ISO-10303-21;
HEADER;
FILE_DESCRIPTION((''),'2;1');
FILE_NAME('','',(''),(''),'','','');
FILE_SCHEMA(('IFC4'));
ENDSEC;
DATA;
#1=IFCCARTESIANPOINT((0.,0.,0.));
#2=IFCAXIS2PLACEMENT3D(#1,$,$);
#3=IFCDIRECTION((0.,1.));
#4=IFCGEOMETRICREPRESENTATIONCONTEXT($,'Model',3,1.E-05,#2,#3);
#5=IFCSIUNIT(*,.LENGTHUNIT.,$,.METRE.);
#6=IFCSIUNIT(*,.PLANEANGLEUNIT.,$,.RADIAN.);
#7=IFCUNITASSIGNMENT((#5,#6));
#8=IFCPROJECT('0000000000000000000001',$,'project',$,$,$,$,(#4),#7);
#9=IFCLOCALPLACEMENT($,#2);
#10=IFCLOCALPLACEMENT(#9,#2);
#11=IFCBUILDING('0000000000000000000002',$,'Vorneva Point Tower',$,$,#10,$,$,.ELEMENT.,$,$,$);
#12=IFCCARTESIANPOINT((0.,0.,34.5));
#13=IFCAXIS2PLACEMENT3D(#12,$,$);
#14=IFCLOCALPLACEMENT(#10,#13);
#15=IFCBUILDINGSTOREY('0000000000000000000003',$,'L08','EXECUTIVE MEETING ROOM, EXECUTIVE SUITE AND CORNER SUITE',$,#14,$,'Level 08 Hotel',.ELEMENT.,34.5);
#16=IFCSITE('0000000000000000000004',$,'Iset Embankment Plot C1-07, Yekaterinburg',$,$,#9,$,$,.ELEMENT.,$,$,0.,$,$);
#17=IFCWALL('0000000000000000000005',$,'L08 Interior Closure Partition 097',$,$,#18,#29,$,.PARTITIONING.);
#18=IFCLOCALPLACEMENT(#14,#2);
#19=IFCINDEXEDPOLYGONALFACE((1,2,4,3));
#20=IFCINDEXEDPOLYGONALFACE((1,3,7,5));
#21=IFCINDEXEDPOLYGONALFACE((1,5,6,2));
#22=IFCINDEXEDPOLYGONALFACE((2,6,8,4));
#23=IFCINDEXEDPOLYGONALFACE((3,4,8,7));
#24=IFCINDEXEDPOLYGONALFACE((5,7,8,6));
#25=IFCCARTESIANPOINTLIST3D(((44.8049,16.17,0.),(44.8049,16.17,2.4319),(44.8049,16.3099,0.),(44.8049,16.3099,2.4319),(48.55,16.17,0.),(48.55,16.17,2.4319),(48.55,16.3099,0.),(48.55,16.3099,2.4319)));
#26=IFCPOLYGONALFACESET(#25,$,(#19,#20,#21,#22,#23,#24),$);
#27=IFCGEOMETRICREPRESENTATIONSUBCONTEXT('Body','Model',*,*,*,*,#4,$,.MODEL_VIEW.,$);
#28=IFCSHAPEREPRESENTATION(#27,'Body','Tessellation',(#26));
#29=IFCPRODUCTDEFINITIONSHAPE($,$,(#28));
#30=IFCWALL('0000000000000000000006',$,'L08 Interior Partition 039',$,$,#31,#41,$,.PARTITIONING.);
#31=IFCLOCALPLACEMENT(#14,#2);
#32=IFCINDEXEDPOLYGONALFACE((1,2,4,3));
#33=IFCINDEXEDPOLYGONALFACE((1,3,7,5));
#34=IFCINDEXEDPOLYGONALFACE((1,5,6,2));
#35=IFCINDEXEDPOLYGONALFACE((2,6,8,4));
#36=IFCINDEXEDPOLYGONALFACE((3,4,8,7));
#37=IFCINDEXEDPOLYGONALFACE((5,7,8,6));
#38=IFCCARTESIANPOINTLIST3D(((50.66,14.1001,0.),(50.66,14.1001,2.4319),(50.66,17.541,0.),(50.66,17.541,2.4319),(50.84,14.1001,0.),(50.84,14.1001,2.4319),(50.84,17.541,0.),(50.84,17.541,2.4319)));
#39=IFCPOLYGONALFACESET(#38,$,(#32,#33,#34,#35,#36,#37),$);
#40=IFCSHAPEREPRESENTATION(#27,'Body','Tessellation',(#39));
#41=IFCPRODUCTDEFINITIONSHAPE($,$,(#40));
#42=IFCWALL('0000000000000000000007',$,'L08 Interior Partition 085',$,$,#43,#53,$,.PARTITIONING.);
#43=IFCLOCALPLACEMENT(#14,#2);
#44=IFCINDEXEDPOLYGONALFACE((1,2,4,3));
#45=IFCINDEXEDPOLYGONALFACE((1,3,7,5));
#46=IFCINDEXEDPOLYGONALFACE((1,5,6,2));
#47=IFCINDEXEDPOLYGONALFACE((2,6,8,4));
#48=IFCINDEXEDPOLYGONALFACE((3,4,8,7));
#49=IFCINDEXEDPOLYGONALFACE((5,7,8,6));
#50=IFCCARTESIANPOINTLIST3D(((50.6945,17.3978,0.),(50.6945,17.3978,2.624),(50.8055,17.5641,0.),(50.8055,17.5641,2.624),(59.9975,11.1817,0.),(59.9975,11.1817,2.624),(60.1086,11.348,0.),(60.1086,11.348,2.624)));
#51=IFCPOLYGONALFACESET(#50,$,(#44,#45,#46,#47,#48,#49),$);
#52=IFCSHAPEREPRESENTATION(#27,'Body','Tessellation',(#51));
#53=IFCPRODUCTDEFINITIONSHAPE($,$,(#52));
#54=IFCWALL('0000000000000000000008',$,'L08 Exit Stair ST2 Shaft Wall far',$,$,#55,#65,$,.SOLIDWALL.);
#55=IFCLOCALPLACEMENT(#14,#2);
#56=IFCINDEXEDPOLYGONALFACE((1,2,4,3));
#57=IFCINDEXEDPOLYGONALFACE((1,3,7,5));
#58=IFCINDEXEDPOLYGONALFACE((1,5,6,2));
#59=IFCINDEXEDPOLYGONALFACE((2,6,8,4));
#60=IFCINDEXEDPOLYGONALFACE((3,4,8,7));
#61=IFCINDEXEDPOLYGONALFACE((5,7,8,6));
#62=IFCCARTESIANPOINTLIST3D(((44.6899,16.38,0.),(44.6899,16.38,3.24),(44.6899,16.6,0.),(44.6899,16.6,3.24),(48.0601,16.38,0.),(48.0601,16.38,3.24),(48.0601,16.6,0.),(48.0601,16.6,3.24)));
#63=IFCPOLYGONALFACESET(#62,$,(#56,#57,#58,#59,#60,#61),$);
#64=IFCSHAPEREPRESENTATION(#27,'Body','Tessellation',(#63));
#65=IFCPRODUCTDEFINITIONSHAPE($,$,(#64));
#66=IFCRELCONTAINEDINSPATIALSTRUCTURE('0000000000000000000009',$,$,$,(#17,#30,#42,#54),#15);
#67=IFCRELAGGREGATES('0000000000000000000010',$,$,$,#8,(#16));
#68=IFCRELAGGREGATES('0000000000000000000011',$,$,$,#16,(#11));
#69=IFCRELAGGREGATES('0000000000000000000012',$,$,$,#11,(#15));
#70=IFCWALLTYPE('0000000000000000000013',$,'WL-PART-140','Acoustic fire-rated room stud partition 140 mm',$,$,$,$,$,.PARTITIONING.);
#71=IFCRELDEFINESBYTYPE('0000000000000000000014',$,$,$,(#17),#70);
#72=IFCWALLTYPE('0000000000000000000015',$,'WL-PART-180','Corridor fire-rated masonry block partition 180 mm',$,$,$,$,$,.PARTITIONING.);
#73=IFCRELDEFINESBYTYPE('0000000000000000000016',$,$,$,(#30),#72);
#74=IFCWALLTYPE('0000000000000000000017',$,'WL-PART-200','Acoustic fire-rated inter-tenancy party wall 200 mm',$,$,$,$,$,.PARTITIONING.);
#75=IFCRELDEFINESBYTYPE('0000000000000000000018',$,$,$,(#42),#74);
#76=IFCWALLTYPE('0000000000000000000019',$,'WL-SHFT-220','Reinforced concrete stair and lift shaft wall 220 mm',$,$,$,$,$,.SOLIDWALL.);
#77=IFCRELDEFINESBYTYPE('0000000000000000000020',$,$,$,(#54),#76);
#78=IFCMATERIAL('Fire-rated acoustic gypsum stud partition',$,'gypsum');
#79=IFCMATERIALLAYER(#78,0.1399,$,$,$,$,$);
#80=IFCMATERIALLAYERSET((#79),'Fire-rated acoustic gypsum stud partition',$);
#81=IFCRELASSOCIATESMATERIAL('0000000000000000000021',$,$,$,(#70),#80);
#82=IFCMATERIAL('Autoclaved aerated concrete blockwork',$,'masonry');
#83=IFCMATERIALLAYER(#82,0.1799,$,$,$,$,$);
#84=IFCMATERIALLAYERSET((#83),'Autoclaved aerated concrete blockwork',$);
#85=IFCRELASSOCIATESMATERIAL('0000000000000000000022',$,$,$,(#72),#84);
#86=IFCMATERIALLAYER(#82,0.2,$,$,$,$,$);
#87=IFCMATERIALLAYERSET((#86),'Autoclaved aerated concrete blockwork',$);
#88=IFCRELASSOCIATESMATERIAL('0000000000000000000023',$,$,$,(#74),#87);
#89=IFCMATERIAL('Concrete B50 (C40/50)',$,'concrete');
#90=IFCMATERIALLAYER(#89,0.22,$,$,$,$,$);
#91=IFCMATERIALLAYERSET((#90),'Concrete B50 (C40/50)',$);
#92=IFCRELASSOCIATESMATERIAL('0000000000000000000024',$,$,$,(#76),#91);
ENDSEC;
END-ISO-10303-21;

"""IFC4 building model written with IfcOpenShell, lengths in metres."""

from ifc_helpers import new_model, si_unit, direction, frame, frame_2d, origin, place, context, subcontext, project, spatial, rectangle, extrude, material, layer, layer_set, type_object, element, save


model = new_model("IFC4")

# Units and contexts
model_context = context("Model", 3, precision=1e-05, world=origin(), true_north=direction((0.0, 1.0)))
body_context = subcontext(model_context, "Body", "Model", "MODEL_VIEW")
ifc_project = project(units=[si_unit("LENGTHUNIT", "METRE"), si_unit("PLANEANGLEUNIT", "RADIAN")], contexts=[model_context])

# Site, building, storey
site_placement = place(None, origin())
site = spatial("IfcSite", under=ifc_project, at=site_placement, Name="Iset Embankment Plot C1-07, Yekaterinburg", CompositionType="ELEMENT", RefElevation=0.0)
building_placement = place(site_placement, origin())
building = spatial("IfcBuilding", under=site, at=building_placement, Name="Vorneva Point Tower", CompositionType="ELEMENT")
storey_placement = place(building_placement, frame((0.0, 0.0, 34.5)))
storey = spatial("IfcBuildingStorey", under=building, at=storey_placement, Name="L08", Description="EXECUTIVE MEETING ROOM, EXECUTIVE SUITE AND CORNER SUITE", LongName="Level 08 Hotel", CompositionType="ELEMENT", Elevation=34.5)

# Walls
ifc_material_1 = material(Name="Fire-rated acoustic gypsum stud partition", Category="gypsum")
ifc_layer_1 = layer(ifc_material_1, 0.1399)
ifc_layer_set_1 = layer_set([ifc_layer_1], Name="Fire-rated acoustic gypsum stud partition")
wall_type_1 = type_object("IfcWallType", Name="WL-PART-140", Description="Acoustic fire-rated room stud partition 140 mm", PredefinedType="PARTITIONING", material=ifc_layer_set_1)
wall_1_placement = place(storey_placement, frame((48.55, 16.24, 0.0), z_axis=(0.0, 0.0, 1.0), x_axis=(-1.0, 0.0, 0.0)))
element("IfcWall", 1, at=wall_1_placement, inside=storey, type_object=wall_type_1, Name="L08 Interior Closure Partition 097", PredefinedType="PARTITIONING", context=body_context, shape_type="SweptSolid", body=[
    extrude(rectangle(XDim=3.7451, YDim=0.1399, at=frame_2d((1.8726, 0.0))), origin(), (0.0, 0.0, 1.0), 2.4319),
])
ifc_material_2 = material(Name="Autoclaved aerated concrete blockwork", Category="masonry")
ifc_layer_2 = layer(ifc_material_2, 0.1799)
ifc_layer_set_2 = layer_set([ifc_layer_2], Name="Autoclaved aerated concrete blockwork")
wall_type_2 = type_object("IfcWallType", Name="WL-PART-180", Description="Corridor fire-rated masonry block partition 180 mm", PredefinedType="PARTITIONING", material=ifc_layer_set_2)
wall_2_placement = place(storey_placement, frame((50.75, 14.1001, 0.0), z_axis=(0.0, 0.0, 1.0), x_axis=(0.0, 1.0, 0.0)))
element("IfcWall", 2, at=wall_2_placement, inside=storey, type_object=wall_type_2, Name="L08 Interior Partition 039", PredefinedType="PARTITIONING", context=body_context, shape_type="SweptSolid", body=[
    extrude(rectangle(XDim=3.4409, YDim=0.1799, at=frame_2d((1.7205, 0.0))), origin(), (0.0, 0.0, 1.0), 2.4319),
])
ifc_layer_3 = layer(ifc_material_2, 0.2)
ifc_layer_set_3 = layer_set([ifc_layer_3], Name="Autoclaved aerated concrete blockwork")
wall_type_3 = type_object("IfcWallType", Name="WL-PART-200", Description="Acoustic fire-rated inter-tenancy party wall 200 mm", PredefinedType="PARTITIONING", material=ifc_layer_set_3)
wall_3_placement = place(storey_placement, frame((60.053, 11.2649, 0.0), z_axis=(0.0, 0.0, 1.0), x_axis=(-0.831469, 0.555571, 0.0)))
element("IfcWall", 3, at=wall_3_placement, inside=storey, type_object=wall_type_3, Name="L08 Interior Partition 085", PredefinedType="PARTITIONING", context=body_context, shape_type="SweptSolid", body=[
    extrude(rectangle(XDim=11.1887, YDim=0.2, at=frame_2d((5.5942, 0.0))), origin(), (0.0, 0.0, 1.0), 2.624),
])
ifc_material_3 = material(Name="Concrete B50 (C40/50)", Category="concrete")
ifc_layer_4 = layer(ifc_material_3, 0.22)
ifc_layer_set_4 = layer_set([ifc_layer_4], Name="Concrete B50 (C40/50)")
wall_type_4 = type_object("IfcWallType", Name="WL-SHFT-220", Description="Reinforced concrete stair and lift shaft wall 220 mm", PredefinedType="SOLIDWALL", material=ifc_layer_set_4)
wall_4_placement = place(storey_placement, frame((48.0601, 16.49, 0.0), z_axis=(0.0, 0.0, 1.0), x_axis=(-1.0, 0.0, 0.0)))
element("IfcWall", 4, at=wall_4_placement, inside=storey, type_object=wall_type_4, Name="L08 Exit Stair ST2 Shaft Wall far", PredefinedType="SOLIDWALL", context=body_context, shape_type="SweptSolid", body=[
    extrude(rectangle(XDim=3.3701, YDim=0.22, at=frame_2d((1.6851, 0.0))), origin(), (0.0, 0.0, 1.0), 3.24),
])

save(model, "model.ifc")
